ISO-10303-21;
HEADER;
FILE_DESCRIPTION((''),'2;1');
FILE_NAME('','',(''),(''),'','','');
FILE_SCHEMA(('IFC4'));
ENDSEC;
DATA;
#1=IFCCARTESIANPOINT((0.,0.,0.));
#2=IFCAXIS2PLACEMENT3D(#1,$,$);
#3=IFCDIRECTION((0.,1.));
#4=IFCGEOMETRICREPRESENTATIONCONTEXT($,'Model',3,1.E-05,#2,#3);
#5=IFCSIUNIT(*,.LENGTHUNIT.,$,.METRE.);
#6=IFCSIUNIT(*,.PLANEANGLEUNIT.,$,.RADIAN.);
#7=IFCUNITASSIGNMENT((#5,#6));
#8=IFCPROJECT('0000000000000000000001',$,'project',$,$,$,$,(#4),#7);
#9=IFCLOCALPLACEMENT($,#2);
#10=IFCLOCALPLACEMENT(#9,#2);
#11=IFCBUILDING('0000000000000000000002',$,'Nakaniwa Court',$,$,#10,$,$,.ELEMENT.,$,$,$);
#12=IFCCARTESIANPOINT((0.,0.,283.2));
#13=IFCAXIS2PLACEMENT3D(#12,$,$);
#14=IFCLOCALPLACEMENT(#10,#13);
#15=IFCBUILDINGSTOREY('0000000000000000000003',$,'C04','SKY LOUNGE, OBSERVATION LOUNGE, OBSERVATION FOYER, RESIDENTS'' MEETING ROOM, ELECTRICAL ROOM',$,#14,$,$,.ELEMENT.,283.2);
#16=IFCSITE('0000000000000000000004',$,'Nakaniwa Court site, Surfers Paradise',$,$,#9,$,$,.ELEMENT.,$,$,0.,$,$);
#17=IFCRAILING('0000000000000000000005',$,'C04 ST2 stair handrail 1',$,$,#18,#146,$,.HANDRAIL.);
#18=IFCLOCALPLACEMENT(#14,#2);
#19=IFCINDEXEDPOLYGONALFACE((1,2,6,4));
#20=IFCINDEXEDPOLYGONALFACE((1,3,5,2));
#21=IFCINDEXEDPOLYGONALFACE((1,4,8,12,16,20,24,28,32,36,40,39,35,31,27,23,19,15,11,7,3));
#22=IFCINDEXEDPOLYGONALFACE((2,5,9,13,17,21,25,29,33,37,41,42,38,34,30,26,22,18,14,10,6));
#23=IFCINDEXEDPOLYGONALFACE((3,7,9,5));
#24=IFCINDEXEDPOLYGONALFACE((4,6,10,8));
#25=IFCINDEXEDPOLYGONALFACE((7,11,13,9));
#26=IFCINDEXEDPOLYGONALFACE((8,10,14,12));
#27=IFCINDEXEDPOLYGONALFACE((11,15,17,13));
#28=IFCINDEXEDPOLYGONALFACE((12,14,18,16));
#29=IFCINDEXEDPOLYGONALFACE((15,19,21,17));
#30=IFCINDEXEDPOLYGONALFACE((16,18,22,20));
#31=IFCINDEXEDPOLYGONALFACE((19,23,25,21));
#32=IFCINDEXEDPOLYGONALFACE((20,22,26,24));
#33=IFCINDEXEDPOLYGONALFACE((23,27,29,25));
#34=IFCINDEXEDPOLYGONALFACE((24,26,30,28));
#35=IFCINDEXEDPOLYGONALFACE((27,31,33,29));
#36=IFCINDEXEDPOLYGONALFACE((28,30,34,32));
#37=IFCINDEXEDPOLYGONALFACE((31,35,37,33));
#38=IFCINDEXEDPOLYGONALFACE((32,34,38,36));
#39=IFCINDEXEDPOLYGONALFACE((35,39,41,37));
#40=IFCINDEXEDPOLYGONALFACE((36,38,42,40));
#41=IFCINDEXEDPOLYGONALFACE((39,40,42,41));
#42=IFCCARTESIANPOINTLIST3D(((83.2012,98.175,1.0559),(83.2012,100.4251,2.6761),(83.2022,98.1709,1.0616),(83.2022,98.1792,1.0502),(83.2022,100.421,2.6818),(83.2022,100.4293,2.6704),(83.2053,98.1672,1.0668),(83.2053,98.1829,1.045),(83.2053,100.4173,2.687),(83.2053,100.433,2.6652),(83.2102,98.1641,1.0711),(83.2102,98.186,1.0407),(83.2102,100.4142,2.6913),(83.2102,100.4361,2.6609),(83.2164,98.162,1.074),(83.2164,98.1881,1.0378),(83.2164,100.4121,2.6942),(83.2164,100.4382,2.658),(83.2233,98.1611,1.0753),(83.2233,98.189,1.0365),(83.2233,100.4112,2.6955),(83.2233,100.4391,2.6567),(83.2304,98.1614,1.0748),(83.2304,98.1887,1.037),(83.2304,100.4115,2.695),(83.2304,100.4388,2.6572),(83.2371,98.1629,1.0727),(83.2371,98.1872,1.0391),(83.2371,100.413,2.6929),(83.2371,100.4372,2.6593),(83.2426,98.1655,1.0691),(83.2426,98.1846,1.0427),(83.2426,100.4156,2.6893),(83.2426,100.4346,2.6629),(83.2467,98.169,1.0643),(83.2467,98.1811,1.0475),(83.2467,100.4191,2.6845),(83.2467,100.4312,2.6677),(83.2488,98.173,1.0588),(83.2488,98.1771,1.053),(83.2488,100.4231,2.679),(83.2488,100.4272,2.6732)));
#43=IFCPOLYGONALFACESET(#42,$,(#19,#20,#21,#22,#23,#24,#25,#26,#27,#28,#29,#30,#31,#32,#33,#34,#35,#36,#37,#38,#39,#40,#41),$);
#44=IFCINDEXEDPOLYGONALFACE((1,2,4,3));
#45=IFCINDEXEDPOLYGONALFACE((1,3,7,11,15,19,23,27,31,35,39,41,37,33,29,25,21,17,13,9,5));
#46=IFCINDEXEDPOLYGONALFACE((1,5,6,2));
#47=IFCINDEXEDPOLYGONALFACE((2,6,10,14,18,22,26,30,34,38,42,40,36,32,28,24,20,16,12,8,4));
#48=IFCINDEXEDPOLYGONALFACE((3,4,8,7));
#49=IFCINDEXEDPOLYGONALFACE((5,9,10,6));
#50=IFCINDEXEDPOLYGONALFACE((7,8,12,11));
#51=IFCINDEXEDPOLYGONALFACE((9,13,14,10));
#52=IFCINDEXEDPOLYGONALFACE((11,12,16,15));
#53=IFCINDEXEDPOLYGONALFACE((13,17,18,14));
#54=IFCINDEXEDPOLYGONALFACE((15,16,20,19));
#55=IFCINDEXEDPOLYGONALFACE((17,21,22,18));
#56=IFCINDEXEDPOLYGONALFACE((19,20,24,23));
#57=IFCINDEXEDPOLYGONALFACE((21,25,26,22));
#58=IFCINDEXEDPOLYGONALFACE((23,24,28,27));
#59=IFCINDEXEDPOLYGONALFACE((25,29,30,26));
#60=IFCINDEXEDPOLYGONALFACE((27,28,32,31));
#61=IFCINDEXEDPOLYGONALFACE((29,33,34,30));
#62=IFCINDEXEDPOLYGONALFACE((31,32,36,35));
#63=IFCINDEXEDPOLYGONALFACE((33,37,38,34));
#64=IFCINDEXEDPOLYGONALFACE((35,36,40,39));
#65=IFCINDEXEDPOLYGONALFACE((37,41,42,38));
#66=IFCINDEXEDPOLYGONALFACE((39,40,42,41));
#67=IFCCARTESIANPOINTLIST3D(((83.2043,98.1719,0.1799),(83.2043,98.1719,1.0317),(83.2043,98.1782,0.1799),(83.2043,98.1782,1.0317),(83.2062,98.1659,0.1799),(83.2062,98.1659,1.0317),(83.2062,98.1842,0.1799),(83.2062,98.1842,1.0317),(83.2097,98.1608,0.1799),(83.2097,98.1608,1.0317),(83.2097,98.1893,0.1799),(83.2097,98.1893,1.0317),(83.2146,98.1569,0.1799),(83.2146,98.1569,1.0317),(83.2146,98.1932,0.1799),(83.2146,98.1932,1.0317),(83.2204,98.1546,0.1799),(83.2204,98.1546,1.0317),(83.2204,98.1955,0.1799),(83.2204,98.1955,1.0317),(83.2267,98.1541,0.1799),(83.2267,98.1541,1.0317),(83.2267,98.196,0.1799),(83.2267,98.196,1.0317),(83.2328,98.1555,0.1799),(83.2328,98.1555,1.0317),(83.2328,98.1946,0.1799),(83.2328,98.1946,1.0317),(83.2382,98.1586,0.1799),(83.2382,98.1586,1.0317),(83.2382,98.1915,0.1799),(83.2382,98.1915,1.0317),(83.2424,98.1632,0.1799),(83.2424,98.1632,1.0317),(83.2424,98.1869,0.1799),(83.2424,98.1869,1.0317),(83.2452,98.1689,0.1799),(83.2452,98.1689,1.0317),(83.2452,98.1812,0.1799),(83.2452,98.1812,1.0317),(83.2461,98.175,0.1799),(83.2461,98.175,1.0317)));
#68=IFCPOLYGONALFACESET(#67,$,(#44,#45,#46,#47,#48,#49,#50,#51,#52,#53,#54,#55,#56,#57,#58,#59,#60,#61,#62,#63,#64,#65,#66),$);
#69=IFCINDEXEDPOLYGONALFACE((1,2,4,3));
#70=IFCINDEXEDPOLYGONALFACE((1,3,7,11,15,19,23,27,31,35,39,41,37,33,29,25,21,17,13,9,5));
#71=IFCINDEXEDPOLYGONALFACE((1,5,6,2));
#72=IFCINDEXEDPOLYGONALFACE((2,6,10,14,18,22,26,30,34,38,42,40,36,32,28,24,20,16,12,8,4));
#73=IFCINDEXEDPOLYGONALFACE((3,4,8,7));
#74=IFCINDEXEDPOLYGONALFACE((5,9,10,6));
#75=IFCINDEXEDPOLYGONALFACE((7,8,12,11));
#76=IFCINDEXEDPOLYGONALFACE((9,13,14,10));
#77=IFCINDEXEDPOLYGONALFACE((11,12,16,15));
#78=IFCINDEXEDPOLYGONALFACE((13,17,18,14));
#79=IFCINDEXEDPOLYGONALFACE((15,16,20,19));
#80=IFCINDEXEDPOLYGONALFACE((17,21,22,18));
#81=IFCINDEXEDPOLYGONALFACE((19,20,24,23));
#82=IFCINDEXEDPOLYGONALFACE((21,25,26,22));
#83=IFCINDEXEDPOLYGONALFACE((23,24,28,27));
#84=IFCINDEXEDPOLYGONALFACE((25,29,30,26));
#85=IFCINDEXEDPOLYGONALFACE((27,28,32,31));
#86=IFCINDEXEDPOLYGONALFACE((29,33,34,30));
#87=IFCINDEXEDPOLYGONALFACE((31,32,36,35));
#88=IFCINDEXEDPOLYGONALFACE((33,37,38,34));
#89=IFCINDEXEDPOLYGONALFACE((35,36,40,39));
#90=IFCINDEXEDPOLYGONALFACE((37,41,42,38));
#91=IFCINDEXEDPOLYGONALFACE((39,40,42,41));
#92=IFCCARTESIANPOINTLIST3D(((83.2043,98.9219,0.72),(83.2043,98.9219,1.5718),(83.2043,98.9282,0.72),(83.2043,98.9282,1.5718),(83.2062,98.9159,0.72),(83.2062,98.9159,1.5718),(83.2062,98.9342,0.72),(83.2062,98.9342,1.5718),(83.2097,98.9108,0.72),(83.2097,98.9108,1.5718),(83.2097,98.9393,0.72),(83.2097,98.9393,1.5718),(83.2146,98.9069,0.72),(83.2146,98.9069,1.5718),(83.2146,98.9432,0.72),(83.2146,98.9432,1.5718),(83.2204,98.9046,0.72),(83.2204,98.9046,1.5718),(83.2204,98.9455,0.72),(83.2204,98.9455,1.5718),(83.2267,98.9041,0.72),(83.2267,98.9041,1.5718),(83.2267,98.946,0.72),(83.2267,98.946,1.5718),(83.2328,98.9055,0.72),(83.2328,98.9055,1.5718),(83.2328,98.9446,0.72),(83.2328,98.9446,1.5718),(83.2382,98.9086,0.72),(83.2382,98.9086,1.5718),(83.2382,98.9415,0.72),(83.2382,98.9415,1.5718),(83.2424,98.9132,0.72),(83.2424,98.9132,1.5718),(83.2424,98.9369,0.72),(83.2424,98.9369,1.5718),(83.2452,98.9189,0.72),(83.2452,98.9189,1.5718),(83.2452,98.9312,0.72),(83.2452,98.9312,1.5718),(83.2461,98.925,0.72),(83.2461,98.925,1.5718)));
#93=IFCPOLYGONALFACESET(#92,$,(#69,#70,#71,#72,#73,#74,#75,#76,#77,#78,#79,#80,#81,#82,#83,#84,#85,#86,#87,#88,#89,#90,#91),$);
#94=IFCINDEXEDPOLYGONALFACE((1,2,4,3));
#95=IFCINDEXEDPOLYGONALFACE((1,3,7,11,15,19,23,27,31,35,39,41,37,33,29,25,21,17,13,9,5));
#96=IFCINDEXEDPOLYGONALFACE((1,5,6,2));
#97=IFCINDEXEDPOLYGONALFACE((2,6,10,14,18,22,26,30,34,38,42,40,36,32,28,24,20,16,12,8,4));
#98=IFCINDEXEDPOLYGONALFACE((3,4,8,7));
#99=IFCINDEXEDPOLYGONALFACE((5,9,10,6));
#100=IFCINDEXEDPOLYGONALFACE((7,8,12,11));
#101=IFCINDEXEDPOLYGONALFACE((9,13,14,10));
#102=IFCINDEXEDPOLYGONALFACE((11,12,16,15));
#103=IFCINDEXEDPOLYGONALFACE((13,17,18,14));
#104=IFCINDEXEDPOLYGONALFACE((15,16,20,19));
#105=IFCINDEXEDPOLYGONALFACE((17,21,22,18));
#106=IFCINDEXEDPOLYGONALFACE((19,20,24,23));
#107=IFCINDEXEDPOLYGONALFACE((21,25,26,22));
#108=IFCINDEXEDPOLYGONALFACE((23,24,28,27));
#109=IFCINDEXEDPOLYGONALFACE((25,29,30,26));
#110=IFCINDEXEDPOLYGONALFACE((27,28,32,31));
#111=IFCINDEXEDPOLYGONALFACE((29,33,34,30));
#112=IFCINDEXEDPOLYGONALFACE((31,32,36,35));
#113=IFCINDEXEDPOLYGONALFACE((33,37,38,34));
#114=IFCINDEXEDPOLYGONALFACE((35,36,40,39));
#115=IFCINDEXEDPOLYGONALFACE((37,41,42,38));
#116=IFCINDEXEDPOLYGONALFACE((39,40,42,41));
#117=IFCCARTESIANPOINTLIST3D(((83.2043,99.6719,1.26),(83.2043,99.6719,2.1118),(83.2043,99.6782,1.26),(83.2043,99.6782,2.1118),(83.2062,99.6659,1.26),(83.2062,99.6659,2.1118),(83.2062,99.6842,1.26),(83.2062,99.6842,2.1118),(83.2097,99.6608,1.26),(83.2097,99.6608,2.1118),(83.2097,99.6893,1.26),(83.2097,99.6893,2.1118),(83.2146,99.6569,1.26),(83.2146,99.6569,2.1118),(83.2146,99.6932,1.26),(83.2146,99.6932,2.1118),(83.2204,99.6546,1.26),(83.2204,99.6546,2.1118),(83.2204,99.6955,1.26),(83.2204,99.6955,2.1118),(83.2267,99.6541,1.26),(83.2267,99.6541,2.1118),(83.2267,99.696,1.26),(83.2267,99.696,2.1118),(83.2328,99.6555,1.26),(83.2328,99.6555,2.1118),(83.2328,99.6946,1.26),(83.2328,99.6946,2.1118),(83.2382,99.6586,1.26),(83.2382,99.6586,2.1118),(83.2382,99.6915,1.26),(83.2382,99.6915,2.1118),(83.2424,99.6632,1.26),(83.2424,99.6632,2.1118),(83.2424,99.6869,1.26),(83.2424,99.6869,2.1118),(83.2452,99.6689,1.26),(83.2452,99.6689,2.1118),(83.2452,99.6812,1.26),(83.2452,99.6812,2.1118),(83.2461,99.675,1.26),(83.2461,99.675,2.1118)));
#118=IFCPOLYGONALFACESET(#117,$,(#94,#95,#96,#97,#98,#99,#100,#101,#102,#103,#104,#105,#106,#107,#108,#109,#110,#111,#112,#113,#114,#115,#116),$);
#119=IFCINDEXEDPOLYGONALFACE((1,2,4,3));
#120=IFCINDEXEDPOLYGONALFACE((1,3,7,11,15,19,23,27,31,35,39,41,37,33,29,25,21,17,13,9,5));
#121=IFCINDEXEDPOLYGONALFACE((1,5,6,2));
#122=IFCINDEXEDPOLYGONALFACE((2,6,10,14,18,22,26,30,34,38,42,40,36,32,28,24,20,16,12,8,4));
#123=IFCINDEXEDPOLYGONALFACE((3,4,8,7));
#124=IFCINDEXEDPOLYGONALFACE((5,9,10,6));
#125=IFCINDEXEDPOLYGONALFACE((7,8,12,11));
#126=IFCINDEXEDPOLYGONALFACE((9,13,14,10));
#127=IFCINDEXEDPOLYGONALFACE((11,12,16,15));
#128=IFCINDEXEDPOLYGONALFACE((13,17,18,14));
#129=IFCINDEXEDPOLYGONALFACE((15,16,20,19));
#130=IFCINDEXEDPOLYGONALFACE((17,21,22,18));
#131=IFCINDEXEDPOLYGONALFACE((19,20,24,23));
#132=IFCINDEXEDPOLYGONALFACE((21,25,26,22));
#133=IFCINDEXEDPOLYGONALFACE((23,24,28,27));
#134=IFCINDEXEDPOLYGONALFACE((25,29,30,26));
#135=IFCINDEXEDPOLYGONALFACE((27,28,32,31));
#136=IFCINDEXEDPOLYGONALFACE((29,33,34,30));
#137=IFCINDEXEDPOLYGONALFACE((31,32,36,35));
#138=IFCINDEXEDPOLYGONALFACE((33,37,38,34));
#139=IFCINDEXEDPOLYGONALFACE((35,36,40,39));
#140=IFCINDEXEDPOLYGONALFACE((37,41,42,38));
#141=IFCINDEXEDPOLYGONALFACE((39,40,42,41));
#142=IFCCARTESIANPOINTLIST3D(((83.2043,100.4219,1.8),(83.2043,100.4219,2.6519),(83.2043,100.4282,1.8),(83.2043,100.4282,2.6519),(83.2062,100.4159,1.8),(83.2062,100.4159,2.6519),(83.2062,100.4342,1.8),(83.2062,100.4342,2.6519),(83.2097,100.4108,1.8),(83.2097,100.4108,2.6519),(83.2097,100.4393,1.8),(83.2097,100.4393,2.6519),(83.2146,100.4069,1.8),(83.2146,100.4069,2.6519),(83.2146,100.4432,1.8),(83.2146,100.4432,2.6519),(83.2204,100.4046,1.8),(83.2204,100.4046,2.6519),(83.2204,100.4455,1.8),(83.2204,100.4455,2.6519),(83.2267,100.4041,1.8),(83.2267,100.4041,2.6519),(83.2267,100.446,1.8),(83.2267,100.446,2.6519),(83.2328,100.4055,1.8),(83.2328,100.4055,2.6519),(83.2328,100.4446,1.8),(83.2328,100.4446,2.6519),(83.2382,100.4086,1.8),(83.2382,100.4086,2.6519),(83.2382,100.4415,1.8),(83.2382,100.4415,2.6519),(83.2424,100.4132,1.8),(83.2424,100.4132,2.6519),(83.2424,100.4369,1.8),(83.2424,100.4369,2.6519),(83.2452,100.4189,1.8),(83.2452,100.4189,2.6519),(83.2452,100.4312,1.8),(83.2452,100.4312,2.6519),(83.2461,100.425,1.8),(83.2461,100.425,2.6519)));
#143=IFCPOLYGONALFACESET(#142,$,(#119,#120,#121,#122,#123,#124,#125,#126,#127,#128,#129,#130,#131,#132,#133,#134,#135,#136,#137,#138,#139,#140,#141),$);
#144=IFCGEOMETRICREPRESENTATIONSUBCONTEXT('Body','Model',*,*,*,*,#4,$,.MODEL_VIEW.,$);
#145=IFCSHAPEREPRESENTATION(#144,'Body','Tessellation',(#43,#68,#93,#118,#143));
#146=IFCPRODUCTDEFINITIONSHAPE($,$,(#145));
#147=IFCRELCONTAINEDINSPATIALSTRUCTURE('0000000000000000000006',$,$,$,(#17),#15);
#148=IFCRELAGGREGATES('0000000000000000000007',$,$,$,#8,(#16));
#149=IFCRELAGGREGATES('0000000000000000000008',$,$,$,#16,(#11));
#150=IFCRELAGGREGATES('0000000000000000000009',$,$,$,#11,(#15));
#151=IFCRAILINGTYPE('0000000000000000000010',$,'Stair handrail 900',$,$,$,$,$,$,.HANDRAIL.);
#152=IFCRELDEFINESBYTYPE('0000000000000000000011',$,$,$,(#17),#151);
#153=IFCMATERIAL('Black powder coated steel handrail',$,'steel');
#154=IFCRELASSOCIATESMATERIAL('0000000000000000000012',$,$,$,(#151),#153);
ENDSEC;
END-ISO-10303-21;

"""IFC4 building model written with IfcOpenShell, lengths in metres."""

from ifc_helpers import new_model, si_unit, direction, frame, origin, origin_2d, place, context, subcontext, project, spatial, circle, extrude, material, type_object, element, save


model = new_model("IFC4")

# Units and contexts
model_context = context("Model", 3, precision=1e-05, world=origin(), true_north=direction((0.0, 1.0)))
body_context = subcontext(model_context, "Body", "Model", "MODEL_VIEW")
ifc_project = project(units=[si_unit("LENGTHUNIT", "METRE"), si_unit("PLANEANGLEUNIT", "RADIAN")], contexts=[model_context])

# Site, building, storey
site_placement = place(None, origin())
site = spatial("IfcSite", under=ifc_project, at=site_placement, Name="Nakaniwa Court site, Surfers Paradise", CompositionType="ELEMENT", RefElevation=0.0)
building_placement = place(site_placement, origin())
building = spatial("IfcBuilding", under=site, at=building_placement, Name="Nakaniwa Court", CompositionType="ELEMENT")
storey_placement = place(building_placement, frame((0.0, 0.0, 283.2)))
storey = spatial("IfcBuildingStorey", under=building, at=storey_placement, Name="C04", Description="SKY LOUNGE, OBSERVATION LOUNGE, OBSERVATION FOYER, RESIDENTS' MEETING ROOM, ELECTRICAL ROOM", CompositionType="ELEMENT", Elevation=283.2)

# Railing
ifc_material_1 = material(Name="Black powder coated steel handrail", Category="steel")
railing_type_1 = type_object("IfcRailingType", Name="Stair handrail 900", PredefinedType="HANDRAIL", material=ifc_material_1)
railing_1_placement = place(storey_placement, frame((83.2251, 98.175, 0.1799)))
element("IfcRailing", 1, at=railing_1_placement, inside=storey, type_object=railing_type_1, Name="C04 ST2 stair handrail 1", PredefinedType="HANDRAIL", context=body_context, shape_type="SweptSolid", body=[
    extrude(circle(Radius=0.0239, at=origin_2d()), frame((0.0, 0.0, 0.876), z_axis=(0.0, 0.811514, 0.584333), x_axis=(-1.0, 0.0, 0.0)), (0.0, 0.0, 1.0), 2.7727),
    extrude(circle(Radius=0.021, at=origin_2d()), origin(), (0.0, 0.0, 1.0), 0.8518),
    extrude(circle(Radius=0.021, at=origin_2d()), frame((0.0, 0.75, 0.54)), (0.0, 0.0, 1.0), 0.8518),
    extrude(circle(Radius=0.021, at=origin_2d()), frame((0.0, 1.5, 1.0801)), (0.0, 0.0, 1.0), 0.8518),
    extrude(circle(Radius=0.021, at=origin_2d()), frame((0.0, 2.25, 1.6201)), (0.0, 0.0, 1.0), 0.8518),
])

save(model, "model.ifc")
